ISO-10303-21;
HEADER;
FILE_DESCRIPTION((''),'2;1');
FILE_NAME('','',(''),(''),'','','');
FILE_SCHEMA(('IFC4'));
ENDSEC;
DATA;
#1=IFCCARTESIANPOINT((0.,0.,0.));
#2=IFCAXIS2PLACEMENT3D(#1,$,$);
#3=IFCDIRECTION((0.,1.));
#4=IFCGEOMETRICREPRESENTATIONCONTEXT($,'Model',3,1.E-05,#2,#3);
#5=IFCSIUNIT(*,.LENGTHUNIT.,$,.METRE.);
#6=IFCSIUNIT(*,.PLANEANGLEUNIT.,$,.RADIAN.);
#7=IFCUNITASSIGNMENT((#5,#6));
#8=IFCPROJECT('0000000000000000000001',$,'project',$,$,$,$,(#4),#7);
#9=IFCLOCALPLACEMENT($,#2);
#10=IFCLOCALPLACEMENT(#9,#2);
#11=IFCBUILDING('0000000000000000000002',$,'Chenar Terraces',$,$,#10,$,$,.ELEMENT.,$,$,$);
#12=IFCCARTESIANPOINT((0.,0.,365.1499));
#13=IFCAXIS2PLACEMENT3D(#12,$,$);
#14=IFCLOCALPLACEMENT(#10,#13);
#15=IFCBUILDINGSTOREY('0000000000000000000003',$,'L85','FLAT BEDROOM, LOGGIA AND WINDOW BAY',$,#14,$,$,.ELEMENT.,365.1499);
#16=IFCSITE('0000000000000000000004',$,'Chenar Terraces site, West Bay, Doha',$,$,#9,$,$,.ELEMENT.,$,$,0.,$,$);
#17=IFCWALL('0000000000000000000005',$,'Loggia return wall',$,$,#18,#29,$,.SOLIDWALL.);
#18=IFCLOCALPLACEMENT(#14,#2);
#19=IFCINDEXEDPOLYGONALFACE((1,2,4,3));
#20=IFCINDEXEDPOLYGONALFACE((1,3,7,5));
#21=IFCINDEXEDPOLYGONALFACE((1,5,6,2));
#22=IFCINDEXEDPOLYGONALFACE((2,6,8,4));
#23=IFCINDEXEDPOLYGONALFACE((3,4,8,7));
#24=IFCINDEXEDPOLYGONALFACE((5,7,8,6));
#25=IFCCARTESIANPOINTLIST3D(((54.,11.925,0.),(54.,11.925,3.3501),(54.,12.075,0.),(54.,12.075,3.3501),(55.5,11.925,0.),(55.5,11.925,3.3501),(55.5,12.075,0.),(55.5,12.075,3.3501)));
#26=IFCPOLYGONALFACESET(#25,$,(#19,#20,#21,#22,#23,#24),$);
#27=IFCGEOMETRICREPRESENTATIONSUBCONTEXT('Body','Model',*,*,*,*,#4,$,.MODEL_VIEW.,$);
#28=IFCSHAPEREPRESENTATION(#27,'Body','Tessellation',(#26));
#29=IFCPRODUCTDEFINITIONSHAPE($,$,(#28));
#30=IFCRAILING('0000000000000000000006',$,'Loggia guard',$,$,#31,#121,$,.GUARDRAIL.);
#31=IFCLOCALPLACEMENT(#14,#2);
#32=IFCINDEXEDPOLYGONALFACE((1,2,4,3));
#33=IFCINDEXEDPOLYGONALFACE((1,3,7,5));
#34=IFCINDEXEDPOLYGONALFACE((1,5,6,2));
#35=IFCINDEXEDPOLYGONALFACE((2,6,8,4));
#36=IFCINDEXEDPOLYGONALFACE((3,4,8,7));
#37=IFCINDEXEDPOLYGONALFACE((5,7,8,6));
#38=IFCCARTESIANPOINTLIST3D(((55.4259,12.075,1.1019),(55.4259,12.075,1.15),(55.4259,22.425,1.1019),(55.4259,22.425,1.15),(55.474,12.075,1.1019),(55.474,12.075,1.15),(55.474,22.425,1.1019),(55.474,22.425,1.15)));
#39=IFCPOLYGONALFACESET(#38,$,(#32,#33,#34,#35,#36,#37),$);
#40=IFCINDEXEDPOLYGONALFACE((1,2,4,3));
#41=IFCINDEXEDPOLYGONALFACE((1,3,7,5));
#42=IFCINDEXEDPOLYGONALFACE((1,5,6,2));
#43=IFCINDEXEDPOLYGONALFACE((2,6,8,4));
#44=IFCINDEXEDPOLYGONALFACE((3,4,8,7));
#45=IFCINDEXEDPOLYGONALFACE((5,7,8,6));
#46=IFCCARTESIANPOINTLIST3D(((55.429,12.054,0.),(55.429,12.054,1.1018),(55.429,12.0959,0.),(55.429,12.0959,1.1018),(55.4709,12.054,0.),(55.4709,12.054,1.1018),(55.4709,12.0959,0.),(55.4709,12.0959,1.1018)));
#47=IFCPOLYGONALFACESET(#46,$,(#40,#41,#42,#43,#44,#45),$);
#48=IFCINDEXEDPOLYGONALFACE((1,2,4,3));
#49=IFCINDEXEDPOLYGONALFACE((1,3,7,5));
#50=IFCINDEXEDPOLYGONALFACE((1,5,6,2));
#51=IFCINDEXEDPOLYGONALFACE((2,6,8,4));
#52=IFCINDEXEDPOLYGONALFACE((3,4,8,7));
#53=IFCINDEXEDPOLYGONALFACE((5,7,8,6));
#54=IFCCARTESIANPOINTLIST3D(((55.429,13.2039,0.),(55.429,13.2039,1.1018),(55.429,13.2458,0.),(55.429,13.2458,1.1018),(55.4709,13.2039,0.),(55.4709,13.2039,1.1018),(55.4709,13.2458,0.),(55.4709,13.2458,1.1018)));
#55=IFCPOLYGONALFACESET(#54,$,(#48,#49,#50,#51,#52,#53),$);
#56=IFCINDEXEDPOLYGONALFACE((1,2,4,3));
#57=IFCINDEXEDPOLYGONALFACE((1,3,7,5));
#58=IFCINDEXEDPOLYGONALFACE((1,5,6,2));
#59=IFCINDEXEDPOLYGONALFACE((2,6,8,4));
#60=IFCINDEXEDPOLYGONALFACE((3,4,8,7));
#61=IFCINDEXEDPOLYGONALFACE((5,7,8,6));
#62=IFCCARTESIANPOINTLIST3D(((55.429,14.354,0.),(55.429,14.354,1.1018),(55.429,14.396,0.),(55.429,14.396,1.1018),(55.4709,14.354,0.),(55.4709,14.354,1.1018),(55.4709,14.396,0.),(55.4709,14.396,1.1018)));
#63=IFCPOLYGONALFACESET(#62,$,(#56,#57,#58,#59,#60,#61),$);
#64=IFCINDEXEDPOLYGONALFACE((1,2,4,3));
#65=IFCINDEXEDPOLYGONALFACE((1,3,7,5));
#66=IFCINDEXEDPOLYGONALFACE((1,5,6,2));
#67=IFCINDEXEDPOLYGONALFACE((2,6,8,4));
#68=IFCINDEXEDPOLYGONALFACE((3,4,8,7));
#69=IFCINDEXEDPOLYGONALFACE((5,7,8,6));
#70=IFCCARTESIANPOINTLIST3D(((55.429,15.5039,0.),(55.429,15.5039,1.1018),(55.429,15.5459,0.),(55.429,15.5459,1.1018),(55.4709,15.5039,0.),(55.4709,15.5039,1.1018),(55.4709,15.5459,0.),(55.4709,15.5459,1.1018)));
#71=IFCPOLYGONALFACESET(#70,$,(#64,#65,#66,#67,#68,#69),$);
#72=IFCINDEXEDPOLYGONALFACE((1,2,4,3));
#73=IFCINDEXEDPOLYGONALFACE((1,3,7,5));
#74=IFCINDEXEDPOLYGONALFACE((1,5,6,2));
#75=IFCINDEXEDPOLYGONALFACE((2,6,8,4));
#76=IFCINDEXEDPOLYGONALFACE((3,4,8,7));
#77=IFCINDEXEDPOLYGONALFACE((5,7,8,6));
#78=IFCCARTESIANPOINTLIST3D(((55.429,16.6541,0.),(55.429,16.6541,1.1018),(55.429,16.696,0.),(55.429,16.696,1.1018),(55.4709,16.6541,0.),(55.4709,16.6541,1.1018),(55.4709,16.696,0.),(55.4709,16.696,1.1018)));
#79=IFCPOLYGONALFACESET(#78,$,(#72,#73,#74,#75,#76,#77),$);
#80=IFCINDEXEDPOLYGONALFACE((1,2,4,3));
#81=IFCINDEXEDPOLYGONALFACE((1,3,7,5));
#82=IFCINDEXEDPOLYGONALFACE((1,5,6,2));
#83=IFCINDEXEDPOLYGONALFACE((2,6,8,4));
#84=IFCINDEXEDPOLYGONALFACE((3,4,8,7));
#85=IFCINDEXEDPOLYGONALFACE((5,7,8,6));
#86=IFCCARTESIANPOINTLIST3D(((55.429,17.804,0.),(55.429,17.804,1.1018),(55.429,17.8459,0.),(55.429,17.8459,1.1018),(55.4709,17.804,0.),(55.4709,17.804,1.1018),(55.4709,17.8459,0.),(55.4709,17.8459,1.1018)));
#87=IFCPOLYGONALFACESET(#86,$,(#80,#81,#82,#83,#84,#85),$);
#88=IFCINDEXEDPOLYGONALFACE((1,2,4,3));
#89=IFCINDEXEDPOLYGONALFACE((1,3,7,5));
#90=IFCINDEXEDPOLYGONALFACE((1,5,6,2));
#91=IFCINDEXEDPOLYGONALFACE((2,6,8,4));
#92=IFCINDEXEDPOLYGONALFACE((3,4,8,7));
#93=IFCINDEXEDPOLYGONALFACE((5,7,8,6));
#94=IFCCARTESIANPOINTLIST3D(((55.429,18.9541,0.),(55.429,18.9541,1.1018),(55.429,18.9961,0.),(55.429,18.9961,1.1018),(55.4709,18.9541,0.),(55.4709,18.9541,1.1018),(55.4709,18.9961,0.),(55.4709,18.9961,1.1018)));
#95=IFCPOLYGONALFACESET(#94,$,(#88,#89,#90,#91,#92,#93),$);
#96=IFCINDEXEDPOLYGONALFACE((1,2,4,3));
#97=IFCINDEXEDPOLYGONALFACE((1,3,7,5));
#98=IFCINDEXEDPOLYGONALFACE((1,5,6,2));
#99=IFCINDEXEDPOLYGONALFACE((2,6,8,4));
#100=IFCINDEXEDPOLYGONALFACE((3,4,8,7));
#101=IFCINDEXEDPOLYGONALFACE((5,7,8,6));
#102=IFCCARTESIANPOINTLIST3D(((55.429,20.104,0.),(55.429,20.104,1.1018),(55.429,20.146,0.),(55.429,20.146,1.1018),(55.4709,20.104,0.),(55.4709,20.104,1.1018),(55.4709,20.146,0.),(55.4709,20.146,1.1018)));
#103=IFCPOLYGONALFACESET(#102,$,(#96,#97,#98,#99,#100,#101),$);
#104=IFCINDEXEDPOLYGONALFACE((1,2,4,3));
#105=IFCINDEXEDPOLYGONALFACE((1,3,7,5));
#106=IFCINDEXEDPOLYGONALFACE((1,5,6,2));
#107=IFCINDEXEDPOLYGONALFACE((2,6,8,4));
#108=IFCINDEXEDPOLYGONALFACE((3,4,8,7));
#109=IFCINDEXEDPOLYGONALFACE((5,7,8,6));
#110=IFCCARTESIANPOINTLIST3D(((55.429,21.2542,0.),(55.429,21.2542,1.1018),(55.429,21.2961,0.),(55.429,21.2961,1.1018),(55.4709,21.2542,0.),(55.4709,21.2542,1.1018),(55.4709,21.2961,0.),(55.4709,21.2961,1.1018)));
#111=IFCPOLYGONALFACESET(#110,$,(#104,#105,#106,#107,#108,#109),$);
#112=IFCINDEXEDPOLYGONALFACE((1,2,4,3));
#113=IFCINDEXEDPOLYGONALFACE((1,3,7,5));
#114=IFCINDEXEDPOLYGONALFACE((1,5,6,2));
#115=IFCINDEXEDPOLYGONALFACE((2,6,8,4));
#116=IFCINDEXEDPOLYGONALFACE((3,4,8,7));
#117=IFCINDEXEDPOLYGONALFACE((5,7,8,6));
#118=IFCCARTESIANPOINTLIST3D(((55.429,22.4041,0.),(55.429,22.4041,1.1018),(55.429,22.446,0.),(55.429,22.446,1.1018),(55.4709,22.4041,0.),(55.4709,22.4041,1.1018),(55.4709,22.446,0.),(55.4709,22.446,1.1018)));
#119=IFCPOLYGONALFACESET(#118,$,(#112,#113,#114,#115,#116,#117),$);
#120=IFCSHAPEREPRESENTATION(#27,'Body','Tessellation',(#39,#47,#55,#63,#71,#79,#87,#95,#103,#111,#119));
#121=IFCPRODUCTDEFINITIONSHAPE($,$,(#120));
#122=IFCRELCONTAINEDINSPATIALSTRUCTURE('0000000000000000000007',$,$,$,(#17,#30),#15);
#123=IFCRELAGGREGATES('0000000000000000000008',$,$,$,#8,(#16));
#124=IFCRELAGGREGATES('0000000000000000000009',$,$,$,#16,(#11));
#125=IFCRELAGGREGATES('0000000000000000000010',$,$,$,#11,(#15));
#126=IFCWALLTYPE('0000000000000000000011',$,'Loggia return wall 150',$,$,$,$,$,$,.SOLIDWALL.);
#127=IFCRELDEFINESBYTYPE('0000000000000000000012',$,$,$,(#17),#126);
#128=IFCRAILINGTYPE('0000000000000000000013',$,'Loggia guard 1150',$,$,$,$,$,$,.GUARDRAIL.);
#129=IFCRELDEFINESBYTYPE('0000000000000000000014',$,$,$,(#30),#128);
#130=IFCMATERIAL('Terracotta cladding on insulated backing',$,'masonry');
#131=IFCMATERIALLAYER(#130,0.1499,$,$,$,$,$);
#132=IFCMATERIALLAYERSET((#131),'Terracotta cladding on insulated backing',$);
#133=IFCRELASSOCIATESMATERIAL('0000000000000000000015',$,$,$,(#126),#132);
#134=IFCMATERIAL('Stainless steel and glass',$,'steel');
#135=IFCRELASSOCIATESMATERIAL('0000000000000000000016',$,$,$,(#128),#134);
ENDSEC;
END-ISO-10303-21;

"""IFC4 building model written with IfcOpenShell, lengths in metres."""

from ifc_helpers import new_model, si_unit, direction, frame, frame_2d, origin, origin_2d, place, context, subcontext, project, spatial, rectangle, extrude, material, layer, layer_set, type_object, element, save


model = new_model("IFC4")

# Units and contexts
model_context = context("Model", 3, precision=1e-05, world=origin(), true_north=direction((0.0, 1.0)))
body_context = subcontext(model_context, "Body", "Model", "MODEL_VIEW")
ifc_project = project(units=[si_unit("LENGTHUNIT", "METRE"), si_unit("PLANEANGLEUNIT", "RADIAN")], contexts=[model_context])

# Site, building, storey
site_placement = place(None, origin())
site = spatial("IfcSite", under=ifc_project, at=site_placement, Name="Chenar Terraces site, West Bay, Doha", CompositionType="ELEMENT", RefElevation=0.0)
building_placement = place(site_placement, origin())
building = spatial("IfcBuilding", under=site, at=building_placement, Name="Chenar Terraces", CompositionType="ELEMENT")
storey_placement = place(building_placement, frame((0.0, 0.0, 365.1499)))
storey = spatial("IfcBuildingStorey", under=building, at=storey_placement, Name="L85", Description="FLAT BEDROOM, LOGGIA AND WINDOW BAY", CompositionType="ELEMENT", Elevation=365.1499)

# Wall
ifc_material_1 = material(Name="Terracotta cladding on insulated backing", Category="masonry")
ifc_layer_1 = layer(ifc_material_1, 0.1499)
ifc_layer_set_1 = layer_set([ifc_layer_1], Name="Terracotta cladding on insulated backing")
wall_type_1 = type_object("IfcWallType", Name="Loggia return wall 150", PredefinedType="SOLIDWALL", material=ifc_layer_set_1)
wall_1_placement = place(storey_placement, frame((55.5, 12.0, 0.0), z_axis=(0.0, 0.0, 1.0), x_axis=(-1.0, 0.0, 0.0)))
element("IfcWall", 1, at=wall_1_placement, inside=storey, type_object=wall_type_1, Name="Loggia return wall", PredefinedType="SOLIDWALL", context=body_context, shape_type="SweptSolid", body=[
    extrude(rectangle(XDim=1.5, YDim=0.1499, at=frame_2d((0.75, 0.0))), origin(), (0.0, 0.0, 1.0), 3.3501),
])

# Railing
ifc_material_2 = material(Name="Stainless steel and glass", Category="steel")
railing_type_1 = type_object("IfcRailingType", Name="Loggia guard 1150", PredefinedType="GUARDRAIL", material=ifc_material_2)
railing_1_placement = place(storey_placement, frame((55.45, 12.075, 0.0)))
element("IfcRailing", 2, at=railing_1_placement, inside=storey, type_object=railing_type_1, Name="Loggia guard", PredefinedType="GUARDRAIL", context=body_context, shape_type="SweptSolid", body=[
    extrude(rectangle(XDim=0.0481, YDim=0.0481, at=origin_2d()), frame((0.0, 0.0, 1.126), z_axis=(0.0, 1.0, 0.0), x_axis=(-1.0, 0.0, 0.0)), (0.0, 0.0, 1.0), 10.3501),
    extrude(rectangle(XDim=0.042, YDim=0.042, at=origin_2d()), origin(), (0.0, 0.0, 1.0), 1.1018),
    extrude(rectangle(XDim=0.042, YDim=0.042, at=origin_2d()), frame((0.0, 1.1499, 0.0)), (0.0, 0.0, 1.0), 1.1018),
    extrude(rectangle(XDim=0.042, YDim=0.042, at=origin_2d()), frame((0.0, 2.3, 0.0)), (0.0, 0.0, 1.0), 1.1018),
    extrude(rectangle(XDim=0.042, YDim=0.042, at=origin_2d()), frame((0.0, 3.45, 0.0)), (0.0, 0.0, 1.0), 1.1018),
    extrude(rectangle(XDim=0.042, YDim=0.042, at=origin_2d()), frame((0.0, 4.6001, 0.0)), (0.0, 0.0, 1.0), 1.1018),
    extrude(rectangle(XDim=0.042, YDim=0.042, at=origin_2d()), frame((0.0, 5.75, 0.0)), (0.0, 0.0, 1.0), 1.1018),
    extrude(rectangle(XDim=0.042, YDim=0.042, at=origin_2d()), frame((0.0, 6.9001, 0.0)), (0.0, 0.0, 1.0), 1.1018),
    extrude(rectangle(XDim=0.042, YDim=0.042, at=origin_2d()), frame((0.0, 8.05, 0.0)), (0.0, 0.0, 1.0), 1.1018),
    extrude(rectangle(XDim=0.042, YDim=0.042, at=origin_2d()), frame((0.0, 9.2002, 0.0)), (0.0, 0.0, 1.0), 1.1018),
    extrude(rectangle(XDim=0.042, YDim=0.042, at=origin_2d()), frame((0.0, 10.3501, 0.0)), (0.0, 0.0, 1.0), 1.1018),
])

save(model, "model.ifc")
